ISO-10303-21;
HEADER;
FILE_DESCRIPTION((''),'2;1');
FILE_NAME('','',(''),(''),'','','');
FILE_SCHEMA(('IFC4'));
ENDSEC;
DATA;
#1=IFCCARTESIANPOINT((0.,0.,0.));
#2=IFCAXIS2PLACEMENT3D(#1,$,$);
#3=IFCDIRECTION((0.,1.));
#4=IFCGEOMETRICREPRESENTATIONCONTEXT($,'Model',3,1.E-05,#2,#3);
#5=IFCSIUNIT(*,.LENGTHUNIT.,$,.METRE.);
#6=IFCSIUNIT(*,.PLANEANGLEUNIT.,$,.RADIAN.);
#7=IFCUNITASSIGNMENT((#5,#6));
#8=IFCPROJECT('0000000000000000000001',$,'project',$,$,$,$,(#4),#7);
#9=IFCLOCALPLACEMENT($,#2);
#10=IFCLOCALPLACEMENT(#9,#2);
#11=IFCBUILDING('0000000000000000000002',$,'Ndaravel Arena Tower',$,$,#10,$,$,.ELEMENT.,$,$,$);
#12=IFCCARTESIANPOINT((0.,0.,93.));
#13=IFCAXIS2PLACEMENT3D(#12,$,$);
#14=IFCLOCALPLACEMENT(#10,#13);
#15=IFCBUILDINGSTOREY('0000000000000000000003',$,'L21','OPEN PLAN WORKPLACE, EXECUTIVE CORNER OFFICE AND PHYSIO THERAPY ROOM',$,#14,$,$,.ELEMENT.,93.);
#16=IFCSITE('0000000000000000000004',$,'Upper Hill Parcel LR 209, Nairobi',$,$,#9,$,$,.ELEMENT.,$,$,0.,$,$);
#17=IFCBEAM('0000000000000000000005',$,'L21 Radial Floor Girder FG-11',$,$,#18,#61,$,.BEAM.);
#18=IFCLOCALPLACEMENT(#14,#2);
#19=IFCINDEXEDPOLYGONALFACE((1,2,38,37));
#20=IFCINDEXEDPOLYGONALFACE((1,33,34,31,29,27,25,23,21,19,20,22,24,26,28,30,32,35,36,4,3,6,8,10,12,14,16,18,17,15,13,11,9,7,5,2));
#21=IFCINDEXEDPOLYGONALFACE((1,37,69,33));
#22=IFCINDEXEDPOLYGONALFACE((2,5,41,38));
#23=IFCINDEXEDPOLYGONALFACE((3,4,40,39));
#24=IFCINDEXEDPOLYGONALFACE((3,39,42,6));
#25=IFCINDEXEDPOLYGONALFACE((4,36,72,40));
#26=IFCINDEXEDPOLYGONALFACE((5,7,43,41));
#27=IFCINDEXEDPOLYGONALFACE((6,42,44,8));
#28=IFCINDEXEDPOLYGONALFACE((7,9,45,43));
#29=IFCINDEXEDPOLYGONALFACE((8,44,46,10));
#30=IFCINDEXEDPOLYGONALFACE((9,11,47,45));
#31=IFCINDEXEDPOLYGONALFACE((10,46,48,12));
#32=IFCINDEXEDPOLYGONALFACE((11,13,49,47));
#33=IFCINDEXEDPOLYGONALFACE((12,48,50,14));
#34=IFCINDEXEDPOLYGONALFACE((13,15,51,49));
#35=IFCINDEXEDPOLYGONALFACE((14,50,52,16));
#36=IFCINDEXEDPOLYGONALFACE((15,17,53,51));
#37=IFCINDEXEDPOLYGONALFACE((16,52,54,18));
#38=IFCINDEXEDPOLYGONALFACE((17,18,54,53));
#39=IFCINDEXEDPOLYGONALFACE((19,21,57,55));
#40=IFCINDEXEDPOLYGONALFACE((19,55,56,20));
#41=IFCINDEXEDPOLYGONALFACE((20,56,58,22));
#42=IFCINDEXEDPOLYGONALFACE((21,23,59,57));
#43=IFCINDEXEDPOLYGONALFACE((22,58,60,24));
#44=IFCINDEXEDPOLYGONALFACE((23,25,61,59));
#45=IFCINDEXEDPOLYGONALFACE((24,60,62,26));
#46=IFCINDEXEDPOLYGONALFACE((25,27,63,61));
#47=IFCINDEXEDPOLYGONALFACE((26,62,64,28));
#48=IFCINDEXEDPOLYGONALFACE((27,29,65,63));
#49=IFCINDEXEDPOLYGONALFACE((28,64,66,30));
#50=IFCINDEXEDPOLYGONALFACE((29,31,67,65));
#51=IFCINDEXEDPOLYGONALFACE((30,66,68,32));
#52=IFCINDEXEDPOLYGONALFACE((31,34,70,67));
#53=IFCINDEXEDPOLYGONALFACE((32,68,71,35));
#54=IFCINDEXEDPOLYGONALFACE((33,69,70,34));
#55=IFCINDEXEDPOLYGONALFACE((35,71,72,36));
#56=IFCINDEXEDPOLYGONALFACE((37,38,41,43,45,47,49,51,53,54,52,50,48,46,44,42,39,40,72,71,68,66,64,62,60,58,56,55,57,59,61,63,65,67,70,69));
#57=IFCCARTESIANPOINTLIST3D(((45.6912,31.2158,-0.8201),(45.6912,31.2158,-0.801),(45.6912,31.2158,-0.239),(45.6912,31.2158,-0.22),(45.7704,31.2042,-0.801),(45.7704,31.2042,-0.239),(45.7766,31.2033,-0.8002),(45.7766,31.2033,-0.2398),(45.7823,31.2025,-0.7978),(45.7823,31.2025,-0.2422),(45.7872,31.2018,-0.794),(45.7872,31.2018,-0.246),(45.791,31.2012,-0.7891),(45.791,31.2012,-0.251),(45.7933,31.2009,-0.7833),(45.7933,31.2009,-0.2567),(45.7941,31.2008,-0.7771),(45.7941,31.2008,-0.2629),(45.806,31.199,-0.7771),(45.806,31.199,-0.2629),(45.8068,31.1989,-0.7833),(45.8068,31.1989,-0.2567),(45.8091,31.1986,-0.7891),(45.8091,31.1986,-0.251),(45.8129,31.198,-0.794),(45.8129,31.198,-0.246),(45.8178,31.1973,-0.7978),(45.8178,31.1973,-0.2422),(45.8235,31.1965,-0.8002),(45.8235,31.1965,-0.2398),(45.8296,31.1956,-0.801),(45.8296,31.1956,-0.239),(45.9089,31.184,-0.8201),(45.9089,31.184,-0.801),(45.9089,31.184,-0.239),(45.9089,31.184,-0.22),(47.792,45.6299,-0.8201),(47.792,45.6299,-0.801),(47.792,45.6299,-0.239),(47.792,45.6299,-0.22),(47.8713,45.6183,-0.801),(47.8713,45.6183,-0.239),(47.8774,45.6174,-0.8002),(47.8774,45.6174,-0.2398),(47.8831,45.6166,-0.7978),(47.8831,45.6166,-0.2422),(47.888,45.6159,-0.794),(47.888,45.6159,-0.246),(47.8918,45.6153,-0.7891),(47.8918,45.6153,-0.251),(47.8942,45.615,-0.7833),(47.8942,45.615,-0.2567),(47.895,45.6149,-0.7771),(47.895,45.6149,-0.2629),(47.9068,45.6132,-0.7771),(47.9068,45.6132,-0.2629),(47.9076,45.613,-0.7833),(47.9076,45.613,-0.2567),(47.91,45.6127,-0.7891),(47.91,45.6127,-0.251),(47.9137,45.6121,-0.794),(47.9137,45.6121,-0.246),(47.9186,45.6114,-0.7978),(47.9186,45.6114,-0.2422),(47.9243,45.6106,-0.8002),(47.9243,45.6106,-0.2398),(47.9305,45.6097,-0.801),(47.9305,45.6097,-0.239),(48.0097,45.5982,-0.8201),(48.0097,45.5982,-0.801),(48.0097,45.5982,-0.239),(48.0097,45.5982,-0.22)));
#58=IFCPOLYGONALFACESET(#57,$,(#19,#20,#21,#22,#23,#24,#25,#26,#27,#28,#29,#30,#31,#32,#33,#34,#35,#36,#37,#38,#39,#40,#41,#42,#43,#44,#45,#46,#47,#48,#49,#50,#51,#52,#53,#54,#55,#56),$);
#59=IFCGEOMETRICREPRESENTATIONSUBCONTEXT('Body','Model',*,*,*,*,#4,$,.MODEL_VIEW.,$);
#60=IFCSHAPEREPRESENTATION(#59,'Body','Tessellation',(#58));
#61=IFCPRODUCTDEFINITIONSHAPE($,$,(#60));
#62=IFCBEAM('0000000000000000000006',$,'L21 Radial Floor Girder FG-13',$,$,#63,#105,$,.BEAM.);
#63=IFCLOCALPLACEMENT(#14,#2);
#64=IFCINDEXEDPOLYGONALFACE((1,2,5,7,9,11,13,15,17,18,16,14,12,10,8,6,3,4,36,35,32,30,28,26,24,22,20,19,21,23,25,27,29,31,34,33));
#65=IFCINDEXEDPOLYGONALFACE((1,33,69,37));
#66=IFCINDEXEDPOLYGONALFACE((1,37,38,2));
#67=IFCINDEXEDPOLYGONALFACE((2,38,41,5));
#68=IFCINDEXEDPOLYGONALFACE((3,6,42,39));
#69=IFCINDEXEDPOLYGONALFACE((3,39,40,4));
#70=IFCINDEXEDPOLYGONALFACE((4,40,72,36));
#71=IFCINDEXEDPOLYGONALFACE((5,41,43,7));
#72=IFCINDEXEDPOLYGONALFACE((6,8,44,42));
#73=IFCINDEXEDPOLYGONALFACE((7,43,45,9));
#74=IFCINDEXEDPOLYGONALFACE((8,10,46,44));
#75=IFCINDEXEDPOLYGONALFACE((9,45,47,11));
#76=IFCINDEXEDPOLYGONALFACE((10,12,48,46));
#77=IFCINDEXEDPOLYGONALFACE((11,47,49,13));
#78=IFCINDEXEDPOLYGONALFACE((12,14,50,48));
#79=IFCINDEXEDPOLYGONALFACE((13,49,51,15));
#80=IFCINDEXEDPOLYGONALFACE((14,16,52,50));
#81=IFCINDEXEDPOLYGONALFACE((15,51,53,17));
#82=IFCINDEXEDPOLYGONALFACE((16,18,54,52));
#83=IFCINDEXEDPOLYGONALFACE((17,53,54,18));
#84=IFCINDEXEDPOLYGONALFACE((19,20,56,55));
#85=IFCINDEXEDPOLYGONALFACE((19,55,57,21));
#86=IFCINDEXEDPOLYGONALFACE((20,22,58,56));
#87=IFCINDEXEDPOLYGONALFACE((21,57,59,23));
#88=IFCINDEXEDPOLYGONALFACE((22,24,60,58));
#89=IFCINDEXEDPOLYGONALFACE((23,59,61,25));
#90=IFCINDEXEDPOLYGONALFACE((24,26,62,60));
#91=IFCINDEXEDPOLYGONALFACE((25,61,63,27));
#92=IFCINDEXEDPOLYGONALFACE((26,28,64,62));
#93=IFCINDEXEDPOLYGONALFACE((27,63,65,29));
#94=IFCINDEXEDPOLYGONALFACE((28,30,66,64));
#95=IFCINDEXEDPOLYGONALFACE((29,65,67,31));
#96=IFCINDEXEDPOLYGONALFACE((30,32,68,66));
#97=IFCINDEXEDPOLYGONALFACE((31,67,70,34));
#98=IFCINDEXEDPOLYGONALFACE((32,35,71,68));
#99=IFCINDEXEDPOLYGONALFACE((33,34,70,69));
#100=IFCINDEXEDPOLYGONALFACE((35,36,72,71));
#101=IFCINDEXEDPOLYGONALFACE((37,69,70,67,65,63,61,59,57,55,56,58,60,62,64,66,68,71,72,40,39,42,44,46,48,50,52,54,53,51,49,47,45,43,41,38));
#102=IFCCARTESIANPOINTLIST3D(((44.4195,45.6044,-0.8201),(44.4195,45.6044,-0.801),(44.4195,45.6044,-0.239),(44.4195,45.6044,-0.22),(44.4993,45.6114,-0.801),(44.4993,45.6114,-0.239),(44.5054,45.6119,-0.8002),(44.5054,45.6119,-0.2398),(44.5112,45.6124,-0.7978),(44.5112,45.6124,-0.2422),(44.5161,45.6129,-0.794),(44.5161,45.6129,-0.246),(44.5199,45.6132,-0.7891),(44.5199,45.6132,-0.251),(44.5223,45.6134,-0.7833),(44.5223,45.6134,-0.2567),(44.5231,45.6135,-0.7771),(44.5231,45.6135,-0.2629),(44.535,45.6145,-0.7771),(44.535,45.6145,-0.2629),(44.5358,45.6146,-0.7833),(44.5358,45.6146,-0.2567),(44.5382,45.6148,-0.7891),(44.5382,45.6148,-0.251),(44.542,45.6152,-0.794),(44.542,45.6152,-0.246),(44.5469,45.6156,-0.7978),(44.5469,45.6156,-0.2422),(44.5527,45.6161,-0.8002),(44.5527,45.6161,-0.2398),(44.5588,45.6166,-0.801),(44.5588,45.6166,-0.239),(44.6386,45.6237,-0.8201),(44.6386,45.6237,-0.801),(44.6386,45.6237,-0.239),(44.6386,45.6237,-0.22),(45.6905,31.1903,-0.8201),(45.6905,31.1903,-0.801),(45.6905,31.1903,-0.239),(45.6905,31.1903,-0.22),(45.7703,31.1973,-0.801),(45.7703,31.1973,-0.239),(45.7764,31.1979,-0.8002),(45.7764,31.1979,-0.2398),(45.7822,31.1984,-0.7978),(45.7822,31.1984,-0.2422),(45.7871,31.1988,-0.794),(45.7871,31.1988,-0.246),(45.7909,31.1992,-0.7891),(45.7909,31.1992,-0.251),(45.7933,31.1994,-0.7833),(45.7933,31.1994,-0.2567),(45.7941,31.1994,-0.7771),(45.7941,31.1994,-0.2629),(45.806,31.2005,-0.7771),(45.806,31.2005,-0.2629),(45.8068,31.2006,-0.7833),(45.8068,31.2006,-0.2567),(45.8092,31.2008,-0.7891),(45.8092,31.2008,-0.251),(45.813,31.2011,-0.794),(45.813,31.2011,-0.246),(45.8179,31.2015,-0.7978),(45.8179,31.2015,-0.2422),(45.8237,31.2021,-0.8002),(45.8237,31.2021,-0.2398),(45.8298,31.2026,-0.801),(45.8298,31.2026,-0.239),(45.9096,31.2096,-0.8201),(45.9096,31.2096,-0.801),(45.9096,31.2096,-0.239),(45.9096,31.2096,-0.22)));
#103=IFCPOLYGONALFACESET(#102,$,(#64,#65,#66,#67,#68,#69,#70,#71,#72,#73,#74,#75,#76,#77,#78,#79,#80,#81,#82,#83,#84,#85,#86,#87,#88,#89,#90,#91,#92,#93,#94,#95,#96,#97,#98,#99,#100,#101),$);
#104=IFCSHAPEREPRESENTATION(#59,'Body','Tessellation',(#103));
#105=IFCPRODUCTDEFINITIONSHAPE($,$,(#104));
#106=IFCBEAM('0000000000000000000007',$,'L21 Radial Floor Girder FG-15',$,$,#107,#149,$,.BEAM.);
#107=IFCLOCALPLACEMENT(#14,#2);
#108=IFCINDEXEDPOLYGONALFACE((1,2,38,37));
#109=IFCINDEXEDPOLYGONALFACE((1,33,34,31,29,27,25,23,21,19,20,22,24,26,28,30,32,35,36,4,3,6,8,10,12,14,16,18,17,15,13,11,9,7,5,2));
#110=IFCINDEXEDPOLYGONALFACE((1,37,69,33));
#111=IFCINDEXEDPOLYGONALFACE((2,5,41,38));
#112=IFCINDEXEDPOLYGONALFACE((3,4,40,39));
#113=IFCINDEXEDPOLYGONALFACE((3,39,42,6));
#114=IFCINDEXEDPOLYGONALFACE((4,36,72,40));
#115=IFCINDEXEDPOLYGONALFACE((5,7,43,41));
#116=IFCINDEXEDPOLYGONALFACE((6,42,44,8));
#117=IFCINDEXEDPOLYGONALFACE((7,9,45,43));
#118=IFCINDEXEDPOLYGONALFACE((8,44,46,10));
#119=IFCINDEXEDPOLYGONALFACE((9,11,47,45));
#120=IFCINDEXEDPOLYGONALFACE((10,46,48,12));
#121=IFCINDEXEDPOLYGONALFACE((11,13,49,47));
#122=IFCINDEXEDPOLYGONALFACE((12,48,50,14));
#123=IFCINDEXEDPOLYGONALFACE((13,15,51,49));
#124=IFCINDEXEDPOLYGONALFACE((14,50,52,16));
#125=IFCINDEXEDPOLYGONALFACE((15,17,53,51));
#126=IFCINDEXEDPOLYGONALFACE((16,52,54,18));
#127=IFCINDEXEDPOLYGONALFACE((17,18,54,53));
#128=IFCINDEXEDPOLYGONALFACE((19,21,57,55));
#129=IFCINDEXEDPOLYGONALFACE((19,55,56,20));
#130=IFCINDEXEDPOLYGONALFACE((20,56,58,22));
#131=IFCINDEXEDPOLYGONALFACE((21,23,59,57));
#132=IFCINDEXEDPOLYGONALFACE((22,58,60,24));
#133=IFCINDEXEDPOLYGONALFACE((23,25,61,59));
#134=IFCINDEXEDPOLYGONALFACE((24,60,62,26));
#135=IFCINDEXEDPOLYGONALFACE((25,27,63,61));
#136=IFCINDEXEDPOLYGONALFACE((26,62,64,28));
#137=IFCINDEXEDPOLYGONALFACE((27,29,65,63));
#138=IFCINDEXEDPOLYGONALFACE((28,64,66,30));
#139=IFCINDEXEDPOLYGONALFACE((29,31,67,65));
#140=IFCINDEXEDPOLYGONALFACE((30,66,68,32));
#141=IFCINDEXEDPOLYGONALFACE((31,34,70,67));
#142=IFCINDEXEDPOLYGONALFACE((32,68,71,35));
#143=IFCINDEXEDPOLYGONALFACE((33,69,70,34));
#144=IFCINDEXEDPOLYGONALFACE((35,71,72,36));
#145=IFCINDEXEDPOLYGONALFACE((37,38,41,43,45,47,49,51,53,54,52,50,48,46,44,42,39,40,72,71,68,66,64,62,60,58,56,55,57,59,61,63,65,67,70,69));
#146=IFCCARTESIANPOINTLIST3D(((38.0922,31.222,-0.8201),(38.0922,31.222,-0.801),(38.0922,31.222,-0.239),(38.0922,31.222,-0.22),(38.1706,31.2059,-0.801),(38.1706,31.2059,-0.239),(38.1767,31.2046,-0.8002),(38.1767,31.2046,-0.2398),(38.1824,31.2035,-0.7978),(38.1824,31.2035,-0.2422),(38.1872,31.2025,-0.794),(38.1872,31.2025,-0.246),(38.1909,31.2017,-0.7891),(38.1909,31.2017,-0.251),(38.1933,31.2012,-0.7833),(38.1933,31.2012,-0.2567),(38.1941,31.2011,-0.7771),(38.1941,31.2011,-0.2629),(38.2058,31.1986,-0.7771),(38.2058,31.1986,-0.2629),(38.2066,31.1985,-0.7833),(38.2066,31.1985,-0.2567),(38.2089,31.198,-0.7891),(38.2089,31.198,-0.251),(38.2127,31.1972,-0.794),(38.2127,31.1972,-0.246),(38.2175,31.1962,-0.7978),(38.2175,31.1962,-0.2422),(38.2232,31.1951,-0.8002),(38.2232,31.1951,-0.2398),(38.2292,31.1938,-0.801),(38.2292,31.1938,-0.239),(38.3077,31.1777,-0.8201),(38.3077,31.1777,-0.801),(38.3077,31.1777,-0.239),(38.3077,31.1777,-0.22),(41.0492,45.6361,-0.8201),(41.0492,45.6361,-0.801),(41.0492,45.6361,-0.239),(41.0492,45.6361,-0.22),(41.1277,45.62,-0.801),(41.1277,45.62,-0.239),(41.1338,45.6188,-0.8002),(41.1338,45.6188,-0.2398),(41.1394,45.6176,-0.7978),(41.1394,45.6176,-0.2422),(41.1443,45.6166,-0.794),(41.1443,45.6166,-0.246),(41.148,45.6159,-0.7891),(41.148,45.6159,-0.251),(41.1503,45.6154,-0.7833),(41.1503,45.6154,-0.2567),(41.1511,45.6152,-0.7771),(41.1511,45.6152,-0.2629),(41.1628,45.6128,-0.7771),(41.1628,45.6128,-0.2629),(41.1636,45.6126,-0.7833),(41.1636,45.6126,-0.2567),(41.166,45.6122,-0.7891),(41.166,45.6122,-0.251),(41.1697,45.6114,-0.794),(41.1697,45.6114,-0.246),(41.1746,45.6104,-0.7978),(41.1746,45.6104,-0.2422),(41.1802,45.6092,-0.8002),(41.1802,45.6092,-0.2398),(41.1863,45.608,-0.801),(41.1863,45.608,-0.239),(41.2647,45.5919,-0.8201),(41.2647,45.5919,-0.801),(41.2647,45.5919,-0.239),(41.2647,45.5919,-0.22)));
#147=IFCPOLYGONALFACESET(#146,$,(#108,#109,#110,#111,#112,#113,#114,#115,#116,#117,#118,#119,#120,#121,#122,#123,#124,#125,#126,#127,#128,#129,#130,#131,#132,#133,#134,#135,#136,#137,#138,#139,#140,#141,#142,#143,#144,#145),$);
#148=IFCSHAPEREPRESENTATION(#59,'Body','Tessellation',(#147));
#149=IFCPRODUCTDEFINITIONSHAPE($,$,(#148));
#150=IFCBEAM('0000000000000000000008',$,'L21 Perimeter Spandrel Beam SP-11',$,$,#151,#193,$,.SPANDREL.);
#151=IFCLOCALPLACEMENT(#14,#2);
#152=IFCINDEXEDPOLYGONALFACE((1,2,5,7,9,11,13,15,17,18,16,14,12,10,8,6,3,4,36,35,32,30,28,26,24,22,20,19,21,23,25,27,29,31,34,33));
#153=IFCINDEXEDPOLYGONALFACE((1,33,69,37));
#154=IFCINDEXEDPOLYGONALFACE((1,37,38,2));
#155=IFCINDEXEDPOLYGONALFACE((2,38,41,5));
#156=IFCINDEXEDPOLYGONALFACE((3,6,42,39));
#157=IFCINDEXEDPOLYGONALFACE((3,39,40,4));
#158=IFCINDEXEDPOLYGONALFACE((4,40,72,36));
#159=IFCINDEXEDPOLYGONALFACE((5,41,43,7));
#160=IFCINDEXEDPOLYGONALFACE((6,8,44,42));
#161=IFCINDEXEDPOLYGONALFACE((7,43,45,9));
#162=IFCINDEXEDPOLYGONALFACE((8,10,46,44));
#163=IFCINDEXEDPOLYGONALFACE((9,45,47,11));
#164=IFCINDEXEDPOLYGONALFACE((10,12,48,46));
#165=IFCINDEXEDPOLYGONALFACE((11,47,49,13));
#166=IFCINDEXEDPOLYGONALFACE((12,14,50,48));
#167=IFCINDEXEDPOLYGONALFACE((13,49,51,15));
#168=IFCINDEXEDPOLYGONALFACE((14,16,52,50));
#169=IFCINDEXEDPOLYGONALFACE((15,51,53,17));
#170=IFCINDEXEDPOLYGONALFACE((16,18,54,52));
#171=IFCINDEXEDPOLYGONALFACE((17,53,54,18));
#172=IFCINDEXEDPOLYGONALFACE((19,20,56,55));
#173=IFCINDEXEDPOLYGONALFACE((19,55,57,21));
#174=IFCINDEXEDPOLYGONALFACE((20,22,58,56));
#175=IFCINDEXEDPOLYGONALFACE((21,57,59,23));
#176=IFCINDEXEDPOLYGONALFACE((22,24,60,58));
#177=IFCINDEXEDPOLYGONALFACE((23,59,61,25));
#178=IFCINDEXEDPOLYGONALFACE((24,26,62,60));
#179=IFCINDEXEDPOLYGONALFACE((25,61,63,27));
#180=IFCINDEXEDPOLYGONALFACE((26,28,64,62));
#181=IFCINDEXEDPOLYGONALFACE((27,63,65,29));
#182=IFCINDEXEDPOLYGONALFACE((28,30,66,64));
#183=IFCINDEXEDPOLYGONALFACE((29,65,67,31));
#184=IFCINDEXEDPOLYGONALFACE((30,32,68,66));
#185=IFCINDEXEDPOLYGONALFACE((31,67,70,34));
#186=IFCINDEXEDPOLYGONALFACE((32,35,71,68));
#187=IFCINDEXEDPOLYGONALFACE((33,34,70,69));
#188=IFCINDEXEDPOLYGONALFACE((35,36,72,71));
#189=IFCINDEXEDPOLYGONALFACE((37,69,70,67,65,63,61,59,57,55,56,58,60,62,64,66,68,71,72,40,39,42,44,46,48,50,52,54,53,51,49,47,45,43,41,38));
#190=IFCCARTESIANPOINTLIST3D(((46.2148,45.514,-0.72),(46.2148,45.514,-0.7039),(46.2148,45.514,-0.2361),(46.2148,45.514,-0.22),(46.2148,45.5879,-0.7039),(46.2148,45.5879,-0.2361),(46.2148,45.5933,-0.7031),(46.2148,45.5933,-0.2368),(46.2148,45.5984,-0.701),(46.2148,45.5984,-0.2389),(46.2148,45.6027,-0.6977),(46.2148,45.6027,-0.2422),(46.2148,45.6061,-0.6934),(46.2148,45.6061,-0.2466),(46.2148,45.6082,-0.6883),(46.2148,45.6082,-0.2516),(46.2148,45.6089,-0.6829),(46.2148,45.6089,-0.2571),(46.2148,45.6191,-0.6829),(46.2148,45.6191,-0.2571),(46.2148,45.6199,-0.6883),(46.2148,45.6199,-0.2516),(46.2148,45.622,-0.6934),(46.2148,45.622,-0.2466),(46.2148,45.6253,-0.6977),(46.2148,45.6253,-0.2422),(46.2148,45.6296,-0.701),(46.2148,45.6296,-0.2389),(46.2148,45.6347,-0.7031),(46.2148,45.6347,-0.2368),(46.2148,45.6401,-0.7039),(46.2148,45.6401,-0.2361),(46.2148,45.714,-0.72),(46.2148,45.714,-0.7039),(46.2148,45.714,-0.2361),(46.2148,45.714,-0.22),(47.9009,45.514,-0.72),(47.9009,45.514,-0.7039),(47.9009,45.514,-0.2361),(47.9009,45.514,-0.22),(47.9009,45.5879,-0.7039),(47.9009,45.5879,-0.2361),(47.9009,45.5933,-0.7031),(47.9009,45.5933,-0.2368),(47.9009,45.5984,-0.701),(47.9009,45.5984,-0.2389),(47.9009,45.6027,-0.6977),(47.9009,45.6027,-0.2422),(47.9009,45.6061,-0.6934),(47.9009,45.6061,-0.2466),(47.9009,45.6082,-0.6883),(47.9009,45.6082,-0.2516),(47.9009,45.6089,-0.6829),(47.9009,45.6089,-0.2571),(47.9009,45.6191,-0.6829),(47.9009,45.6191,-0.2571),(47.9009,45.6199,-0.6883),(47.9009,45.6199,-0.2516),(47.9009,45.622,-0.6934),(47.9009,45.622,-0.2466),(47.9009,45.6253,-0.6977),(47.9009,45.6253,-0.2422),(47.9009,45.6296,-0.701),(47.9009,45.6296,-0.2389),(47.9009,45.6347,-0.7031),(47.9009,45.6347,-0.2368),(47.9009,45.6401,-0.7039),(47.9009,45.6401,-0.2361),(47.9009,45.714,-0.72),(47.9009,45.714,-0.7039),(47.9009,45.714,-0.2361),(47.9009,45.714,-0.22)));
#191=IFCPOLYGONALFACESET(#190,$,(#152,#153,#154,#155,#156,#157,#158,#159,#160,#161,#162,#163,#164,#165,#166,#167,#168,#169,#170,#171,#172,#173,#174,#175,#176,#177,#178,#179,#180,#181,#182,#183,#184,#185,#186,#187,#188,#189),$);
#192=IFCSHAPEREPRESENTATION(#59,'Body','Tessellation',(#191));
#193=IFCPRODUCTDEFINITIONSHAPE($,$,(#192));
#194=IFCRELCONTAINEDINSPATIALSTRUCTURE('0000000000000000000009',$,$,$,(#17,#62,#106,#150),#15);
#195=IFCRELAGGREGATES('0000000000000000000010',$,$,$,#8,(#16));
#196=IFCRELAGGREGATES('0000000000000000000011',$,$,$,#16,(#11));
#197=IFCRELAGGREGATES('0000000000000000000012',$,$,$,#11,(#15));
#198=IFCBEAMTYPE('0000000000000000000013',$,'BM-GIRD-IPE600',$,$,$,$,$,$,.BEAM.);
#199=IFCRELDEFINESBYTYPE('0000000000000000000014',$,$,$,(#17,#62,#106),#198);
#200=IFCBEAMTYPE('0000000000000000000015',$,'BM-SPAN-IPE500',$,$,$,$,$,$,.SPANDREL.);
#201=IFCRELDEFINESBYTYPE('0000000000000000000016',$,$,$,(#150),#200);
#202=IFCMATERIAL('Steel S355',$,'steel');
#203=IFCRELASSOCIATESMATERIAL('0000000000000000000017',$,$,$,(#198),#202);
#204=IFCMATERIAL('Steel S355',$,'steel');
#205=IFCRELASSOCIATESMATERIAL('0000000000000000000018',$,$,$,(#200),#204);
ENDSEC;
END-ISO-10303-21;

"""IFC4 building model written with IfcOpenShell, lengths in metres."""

from ifc_helpers import new_model, si_unit, direction, frame, origin, origin_2d, place, context, subcontext, project, spatial, i_section, extrude, material, material_profile, profile_set, type_object, element, save


model = new_model("IFC4")

# Units and contexts
model_context = context("Model", 3, precision=1e-05, world=origin(), true_north=direction((0.0, 1.0)))
body_context = subcontext(model_context, "Body", "Model", "MODEL_VIEW")
ifc_project = project(units=[si_unit("LENGTHUNIT", "METRE"), si_unit("PLANEANGLEUNIT", "RADIAN")], contexts=[model_context])

# Site, building, storey
site_placement = place(None, origin())
site = spatial("IfcSite", under=ifc_project, at=site_placement, Name="Upper Hill Parcel LR 209, Nairobi", CompositionType="ELEMENT", RefElevation=0.0)
building_placement = place(site_placement, origin())
building = spatial("IfcBuilding", under=site, at=building_placement, Name="Ndaravel Arena Tower", CompositionType="ELEMENT")
storey_placement = place(building_placement, frame((0.0, 0.0, 93.0)))
storey = spatial("IfcBuildingStorey", under=building, at=storey_placement, Name="L21", Description="OPEN PLAN WORKPLACE, EXECUTIVE CORNER OFFICE AND PHYSIO THERAPY ROOM", CompositionType="ELEMENT", Elevation=93.0)

# Beams
ifc_material_1 = material(Name="Steel S355", Category="steel")
ifc_material_profile_1 = material_profile(ifc_material_1, i_section(OverallWidth=0.22, OverallDepth=0.6001, WebThickness=0.012, FlangeThickness=0.019, FilletRadius=0.0239, at=origin_2d()), Name="IPE 600")
ifc_profile_set_1 = profile_set([ifc_material_profile_1], Name="Steel S355")
beam_type_1 = type_object("IfcBeamType", Name="BM-GIRD-IPE600", PredefinedType="BEAM", material=ifc_profile_set_1)
beam_1_placement = place(storey_placement, frame((47.9009, 45.614, -0.52), z_axis=(-0.144225, -0.989545, 0.0), x_axis=(0.989545, -0.144225, 0.0)))
element("IfcBeam", 1, at=beam_1_placement, inside=storey, type_object=beam_type_1, Name="L21 Radial Floor Girder FG-11", PredefinedType="BEAM", context=body_context, shape_type="SweptSolid", body=[
    extrude(i_section(OverallWidth=0.22, OverallDepth=0.6001, WebThickness=0.012, FlangeThickness=0.019, FilletRadius=0.0239, at=origin_2d()), origin(), (0.0, 0.0, 1.0), 14.5664),
])
beam_2_placement = place(storey_placement, frame((44.5291, 45.614, -0.52), z_axis=(0.087837, -0.996135, 0.0), x_axis=(0.996135, 0.087837, 0.0)))
element("IfcBeam", 2, at=beam_2_placement, inside=storey, type_object=beam_type_1, Name="L21 Radial Floor Girder FG-13", PredefinedType="BEAM", context=body_context, shape_type="SweptSolid", body=[
    extrude(i_section(OverallWidth=0.22, OverallDepth=0.6001, WebThickness=0.012, FlangeThickness=0.019, FilletRadius=0.0239, at=origin_2d()), origin(), (0.0, 0.0, 1.0), 14.47),
])
beam_3_placement = place(storey_placement, frame((41.157, 45.614, -0.52), z_axis=(-0.200964, -0.979599, 0.0), x_axis=(0.979599, -0.200964, 0.0)))
element("IfcBeam", 3, at=beam_3_placement, inside=storey, type_object=beam_type_1, Name="L21 Radial Floor Girder FG-15", PredefinedType="BEAM", context=body_context, shape_type="SweptSolid", body=[
    extrude(i_section(OverallWidth=0.22, OverallDepth=0.6001, WebThickness=0.012, FlangeThickness=0.019, FilletRadius=0.0239, at=origin_2d()), origin(), (0.0, 0.0, 1.0), 14.7144),
])
ifc_material_2 = material(Name="Steel S355", Category="steel")
ifc_material_profile_2 = material_profile(ifc_material_2, i_section(OverallWidth=0.2, OverallDepth=0.5, WebThickness=0.0103, FlangeThickness=0.0161, FilletRadius=0.021, at=origin_2d()), Name="IPE 500")
ifc_profile_set_2 = profile_set([ifc_material_profile_2], Name="Steel S355")
beam_type_2 = type_object("IfcBeamType", Name="BM-SPAN-IPE500", PredefinedType="SPANDREL", material=ifc_profile_set_2)
beam_4_placement = place(storey_placement, frame((47.9009, 45.614, -0.47), z_axis=(-1.0, 0.0, 0.0), x_axis=(0.0, -1.0, 0.0)))
element("IfcBeam", 4, at=beam_4_placement, inside=storey, type_object=beam_type_2, Name="L21 Perimeter Spandrel Beam SP-11", PredefinedType="SPANDREL", context=body_context, shape_type="SweptSolid", body=[
    extrude(i_section(OverallWidth=0.2, OverallDepth=0.5, WebThickness=0.0103, FlangeThickness=0.0161, FilletRadius=0.021, at=origin_2d()), origin(), (0.0, 0.0, 1.0), 1.686),
])

save(model, "model.ifc")
